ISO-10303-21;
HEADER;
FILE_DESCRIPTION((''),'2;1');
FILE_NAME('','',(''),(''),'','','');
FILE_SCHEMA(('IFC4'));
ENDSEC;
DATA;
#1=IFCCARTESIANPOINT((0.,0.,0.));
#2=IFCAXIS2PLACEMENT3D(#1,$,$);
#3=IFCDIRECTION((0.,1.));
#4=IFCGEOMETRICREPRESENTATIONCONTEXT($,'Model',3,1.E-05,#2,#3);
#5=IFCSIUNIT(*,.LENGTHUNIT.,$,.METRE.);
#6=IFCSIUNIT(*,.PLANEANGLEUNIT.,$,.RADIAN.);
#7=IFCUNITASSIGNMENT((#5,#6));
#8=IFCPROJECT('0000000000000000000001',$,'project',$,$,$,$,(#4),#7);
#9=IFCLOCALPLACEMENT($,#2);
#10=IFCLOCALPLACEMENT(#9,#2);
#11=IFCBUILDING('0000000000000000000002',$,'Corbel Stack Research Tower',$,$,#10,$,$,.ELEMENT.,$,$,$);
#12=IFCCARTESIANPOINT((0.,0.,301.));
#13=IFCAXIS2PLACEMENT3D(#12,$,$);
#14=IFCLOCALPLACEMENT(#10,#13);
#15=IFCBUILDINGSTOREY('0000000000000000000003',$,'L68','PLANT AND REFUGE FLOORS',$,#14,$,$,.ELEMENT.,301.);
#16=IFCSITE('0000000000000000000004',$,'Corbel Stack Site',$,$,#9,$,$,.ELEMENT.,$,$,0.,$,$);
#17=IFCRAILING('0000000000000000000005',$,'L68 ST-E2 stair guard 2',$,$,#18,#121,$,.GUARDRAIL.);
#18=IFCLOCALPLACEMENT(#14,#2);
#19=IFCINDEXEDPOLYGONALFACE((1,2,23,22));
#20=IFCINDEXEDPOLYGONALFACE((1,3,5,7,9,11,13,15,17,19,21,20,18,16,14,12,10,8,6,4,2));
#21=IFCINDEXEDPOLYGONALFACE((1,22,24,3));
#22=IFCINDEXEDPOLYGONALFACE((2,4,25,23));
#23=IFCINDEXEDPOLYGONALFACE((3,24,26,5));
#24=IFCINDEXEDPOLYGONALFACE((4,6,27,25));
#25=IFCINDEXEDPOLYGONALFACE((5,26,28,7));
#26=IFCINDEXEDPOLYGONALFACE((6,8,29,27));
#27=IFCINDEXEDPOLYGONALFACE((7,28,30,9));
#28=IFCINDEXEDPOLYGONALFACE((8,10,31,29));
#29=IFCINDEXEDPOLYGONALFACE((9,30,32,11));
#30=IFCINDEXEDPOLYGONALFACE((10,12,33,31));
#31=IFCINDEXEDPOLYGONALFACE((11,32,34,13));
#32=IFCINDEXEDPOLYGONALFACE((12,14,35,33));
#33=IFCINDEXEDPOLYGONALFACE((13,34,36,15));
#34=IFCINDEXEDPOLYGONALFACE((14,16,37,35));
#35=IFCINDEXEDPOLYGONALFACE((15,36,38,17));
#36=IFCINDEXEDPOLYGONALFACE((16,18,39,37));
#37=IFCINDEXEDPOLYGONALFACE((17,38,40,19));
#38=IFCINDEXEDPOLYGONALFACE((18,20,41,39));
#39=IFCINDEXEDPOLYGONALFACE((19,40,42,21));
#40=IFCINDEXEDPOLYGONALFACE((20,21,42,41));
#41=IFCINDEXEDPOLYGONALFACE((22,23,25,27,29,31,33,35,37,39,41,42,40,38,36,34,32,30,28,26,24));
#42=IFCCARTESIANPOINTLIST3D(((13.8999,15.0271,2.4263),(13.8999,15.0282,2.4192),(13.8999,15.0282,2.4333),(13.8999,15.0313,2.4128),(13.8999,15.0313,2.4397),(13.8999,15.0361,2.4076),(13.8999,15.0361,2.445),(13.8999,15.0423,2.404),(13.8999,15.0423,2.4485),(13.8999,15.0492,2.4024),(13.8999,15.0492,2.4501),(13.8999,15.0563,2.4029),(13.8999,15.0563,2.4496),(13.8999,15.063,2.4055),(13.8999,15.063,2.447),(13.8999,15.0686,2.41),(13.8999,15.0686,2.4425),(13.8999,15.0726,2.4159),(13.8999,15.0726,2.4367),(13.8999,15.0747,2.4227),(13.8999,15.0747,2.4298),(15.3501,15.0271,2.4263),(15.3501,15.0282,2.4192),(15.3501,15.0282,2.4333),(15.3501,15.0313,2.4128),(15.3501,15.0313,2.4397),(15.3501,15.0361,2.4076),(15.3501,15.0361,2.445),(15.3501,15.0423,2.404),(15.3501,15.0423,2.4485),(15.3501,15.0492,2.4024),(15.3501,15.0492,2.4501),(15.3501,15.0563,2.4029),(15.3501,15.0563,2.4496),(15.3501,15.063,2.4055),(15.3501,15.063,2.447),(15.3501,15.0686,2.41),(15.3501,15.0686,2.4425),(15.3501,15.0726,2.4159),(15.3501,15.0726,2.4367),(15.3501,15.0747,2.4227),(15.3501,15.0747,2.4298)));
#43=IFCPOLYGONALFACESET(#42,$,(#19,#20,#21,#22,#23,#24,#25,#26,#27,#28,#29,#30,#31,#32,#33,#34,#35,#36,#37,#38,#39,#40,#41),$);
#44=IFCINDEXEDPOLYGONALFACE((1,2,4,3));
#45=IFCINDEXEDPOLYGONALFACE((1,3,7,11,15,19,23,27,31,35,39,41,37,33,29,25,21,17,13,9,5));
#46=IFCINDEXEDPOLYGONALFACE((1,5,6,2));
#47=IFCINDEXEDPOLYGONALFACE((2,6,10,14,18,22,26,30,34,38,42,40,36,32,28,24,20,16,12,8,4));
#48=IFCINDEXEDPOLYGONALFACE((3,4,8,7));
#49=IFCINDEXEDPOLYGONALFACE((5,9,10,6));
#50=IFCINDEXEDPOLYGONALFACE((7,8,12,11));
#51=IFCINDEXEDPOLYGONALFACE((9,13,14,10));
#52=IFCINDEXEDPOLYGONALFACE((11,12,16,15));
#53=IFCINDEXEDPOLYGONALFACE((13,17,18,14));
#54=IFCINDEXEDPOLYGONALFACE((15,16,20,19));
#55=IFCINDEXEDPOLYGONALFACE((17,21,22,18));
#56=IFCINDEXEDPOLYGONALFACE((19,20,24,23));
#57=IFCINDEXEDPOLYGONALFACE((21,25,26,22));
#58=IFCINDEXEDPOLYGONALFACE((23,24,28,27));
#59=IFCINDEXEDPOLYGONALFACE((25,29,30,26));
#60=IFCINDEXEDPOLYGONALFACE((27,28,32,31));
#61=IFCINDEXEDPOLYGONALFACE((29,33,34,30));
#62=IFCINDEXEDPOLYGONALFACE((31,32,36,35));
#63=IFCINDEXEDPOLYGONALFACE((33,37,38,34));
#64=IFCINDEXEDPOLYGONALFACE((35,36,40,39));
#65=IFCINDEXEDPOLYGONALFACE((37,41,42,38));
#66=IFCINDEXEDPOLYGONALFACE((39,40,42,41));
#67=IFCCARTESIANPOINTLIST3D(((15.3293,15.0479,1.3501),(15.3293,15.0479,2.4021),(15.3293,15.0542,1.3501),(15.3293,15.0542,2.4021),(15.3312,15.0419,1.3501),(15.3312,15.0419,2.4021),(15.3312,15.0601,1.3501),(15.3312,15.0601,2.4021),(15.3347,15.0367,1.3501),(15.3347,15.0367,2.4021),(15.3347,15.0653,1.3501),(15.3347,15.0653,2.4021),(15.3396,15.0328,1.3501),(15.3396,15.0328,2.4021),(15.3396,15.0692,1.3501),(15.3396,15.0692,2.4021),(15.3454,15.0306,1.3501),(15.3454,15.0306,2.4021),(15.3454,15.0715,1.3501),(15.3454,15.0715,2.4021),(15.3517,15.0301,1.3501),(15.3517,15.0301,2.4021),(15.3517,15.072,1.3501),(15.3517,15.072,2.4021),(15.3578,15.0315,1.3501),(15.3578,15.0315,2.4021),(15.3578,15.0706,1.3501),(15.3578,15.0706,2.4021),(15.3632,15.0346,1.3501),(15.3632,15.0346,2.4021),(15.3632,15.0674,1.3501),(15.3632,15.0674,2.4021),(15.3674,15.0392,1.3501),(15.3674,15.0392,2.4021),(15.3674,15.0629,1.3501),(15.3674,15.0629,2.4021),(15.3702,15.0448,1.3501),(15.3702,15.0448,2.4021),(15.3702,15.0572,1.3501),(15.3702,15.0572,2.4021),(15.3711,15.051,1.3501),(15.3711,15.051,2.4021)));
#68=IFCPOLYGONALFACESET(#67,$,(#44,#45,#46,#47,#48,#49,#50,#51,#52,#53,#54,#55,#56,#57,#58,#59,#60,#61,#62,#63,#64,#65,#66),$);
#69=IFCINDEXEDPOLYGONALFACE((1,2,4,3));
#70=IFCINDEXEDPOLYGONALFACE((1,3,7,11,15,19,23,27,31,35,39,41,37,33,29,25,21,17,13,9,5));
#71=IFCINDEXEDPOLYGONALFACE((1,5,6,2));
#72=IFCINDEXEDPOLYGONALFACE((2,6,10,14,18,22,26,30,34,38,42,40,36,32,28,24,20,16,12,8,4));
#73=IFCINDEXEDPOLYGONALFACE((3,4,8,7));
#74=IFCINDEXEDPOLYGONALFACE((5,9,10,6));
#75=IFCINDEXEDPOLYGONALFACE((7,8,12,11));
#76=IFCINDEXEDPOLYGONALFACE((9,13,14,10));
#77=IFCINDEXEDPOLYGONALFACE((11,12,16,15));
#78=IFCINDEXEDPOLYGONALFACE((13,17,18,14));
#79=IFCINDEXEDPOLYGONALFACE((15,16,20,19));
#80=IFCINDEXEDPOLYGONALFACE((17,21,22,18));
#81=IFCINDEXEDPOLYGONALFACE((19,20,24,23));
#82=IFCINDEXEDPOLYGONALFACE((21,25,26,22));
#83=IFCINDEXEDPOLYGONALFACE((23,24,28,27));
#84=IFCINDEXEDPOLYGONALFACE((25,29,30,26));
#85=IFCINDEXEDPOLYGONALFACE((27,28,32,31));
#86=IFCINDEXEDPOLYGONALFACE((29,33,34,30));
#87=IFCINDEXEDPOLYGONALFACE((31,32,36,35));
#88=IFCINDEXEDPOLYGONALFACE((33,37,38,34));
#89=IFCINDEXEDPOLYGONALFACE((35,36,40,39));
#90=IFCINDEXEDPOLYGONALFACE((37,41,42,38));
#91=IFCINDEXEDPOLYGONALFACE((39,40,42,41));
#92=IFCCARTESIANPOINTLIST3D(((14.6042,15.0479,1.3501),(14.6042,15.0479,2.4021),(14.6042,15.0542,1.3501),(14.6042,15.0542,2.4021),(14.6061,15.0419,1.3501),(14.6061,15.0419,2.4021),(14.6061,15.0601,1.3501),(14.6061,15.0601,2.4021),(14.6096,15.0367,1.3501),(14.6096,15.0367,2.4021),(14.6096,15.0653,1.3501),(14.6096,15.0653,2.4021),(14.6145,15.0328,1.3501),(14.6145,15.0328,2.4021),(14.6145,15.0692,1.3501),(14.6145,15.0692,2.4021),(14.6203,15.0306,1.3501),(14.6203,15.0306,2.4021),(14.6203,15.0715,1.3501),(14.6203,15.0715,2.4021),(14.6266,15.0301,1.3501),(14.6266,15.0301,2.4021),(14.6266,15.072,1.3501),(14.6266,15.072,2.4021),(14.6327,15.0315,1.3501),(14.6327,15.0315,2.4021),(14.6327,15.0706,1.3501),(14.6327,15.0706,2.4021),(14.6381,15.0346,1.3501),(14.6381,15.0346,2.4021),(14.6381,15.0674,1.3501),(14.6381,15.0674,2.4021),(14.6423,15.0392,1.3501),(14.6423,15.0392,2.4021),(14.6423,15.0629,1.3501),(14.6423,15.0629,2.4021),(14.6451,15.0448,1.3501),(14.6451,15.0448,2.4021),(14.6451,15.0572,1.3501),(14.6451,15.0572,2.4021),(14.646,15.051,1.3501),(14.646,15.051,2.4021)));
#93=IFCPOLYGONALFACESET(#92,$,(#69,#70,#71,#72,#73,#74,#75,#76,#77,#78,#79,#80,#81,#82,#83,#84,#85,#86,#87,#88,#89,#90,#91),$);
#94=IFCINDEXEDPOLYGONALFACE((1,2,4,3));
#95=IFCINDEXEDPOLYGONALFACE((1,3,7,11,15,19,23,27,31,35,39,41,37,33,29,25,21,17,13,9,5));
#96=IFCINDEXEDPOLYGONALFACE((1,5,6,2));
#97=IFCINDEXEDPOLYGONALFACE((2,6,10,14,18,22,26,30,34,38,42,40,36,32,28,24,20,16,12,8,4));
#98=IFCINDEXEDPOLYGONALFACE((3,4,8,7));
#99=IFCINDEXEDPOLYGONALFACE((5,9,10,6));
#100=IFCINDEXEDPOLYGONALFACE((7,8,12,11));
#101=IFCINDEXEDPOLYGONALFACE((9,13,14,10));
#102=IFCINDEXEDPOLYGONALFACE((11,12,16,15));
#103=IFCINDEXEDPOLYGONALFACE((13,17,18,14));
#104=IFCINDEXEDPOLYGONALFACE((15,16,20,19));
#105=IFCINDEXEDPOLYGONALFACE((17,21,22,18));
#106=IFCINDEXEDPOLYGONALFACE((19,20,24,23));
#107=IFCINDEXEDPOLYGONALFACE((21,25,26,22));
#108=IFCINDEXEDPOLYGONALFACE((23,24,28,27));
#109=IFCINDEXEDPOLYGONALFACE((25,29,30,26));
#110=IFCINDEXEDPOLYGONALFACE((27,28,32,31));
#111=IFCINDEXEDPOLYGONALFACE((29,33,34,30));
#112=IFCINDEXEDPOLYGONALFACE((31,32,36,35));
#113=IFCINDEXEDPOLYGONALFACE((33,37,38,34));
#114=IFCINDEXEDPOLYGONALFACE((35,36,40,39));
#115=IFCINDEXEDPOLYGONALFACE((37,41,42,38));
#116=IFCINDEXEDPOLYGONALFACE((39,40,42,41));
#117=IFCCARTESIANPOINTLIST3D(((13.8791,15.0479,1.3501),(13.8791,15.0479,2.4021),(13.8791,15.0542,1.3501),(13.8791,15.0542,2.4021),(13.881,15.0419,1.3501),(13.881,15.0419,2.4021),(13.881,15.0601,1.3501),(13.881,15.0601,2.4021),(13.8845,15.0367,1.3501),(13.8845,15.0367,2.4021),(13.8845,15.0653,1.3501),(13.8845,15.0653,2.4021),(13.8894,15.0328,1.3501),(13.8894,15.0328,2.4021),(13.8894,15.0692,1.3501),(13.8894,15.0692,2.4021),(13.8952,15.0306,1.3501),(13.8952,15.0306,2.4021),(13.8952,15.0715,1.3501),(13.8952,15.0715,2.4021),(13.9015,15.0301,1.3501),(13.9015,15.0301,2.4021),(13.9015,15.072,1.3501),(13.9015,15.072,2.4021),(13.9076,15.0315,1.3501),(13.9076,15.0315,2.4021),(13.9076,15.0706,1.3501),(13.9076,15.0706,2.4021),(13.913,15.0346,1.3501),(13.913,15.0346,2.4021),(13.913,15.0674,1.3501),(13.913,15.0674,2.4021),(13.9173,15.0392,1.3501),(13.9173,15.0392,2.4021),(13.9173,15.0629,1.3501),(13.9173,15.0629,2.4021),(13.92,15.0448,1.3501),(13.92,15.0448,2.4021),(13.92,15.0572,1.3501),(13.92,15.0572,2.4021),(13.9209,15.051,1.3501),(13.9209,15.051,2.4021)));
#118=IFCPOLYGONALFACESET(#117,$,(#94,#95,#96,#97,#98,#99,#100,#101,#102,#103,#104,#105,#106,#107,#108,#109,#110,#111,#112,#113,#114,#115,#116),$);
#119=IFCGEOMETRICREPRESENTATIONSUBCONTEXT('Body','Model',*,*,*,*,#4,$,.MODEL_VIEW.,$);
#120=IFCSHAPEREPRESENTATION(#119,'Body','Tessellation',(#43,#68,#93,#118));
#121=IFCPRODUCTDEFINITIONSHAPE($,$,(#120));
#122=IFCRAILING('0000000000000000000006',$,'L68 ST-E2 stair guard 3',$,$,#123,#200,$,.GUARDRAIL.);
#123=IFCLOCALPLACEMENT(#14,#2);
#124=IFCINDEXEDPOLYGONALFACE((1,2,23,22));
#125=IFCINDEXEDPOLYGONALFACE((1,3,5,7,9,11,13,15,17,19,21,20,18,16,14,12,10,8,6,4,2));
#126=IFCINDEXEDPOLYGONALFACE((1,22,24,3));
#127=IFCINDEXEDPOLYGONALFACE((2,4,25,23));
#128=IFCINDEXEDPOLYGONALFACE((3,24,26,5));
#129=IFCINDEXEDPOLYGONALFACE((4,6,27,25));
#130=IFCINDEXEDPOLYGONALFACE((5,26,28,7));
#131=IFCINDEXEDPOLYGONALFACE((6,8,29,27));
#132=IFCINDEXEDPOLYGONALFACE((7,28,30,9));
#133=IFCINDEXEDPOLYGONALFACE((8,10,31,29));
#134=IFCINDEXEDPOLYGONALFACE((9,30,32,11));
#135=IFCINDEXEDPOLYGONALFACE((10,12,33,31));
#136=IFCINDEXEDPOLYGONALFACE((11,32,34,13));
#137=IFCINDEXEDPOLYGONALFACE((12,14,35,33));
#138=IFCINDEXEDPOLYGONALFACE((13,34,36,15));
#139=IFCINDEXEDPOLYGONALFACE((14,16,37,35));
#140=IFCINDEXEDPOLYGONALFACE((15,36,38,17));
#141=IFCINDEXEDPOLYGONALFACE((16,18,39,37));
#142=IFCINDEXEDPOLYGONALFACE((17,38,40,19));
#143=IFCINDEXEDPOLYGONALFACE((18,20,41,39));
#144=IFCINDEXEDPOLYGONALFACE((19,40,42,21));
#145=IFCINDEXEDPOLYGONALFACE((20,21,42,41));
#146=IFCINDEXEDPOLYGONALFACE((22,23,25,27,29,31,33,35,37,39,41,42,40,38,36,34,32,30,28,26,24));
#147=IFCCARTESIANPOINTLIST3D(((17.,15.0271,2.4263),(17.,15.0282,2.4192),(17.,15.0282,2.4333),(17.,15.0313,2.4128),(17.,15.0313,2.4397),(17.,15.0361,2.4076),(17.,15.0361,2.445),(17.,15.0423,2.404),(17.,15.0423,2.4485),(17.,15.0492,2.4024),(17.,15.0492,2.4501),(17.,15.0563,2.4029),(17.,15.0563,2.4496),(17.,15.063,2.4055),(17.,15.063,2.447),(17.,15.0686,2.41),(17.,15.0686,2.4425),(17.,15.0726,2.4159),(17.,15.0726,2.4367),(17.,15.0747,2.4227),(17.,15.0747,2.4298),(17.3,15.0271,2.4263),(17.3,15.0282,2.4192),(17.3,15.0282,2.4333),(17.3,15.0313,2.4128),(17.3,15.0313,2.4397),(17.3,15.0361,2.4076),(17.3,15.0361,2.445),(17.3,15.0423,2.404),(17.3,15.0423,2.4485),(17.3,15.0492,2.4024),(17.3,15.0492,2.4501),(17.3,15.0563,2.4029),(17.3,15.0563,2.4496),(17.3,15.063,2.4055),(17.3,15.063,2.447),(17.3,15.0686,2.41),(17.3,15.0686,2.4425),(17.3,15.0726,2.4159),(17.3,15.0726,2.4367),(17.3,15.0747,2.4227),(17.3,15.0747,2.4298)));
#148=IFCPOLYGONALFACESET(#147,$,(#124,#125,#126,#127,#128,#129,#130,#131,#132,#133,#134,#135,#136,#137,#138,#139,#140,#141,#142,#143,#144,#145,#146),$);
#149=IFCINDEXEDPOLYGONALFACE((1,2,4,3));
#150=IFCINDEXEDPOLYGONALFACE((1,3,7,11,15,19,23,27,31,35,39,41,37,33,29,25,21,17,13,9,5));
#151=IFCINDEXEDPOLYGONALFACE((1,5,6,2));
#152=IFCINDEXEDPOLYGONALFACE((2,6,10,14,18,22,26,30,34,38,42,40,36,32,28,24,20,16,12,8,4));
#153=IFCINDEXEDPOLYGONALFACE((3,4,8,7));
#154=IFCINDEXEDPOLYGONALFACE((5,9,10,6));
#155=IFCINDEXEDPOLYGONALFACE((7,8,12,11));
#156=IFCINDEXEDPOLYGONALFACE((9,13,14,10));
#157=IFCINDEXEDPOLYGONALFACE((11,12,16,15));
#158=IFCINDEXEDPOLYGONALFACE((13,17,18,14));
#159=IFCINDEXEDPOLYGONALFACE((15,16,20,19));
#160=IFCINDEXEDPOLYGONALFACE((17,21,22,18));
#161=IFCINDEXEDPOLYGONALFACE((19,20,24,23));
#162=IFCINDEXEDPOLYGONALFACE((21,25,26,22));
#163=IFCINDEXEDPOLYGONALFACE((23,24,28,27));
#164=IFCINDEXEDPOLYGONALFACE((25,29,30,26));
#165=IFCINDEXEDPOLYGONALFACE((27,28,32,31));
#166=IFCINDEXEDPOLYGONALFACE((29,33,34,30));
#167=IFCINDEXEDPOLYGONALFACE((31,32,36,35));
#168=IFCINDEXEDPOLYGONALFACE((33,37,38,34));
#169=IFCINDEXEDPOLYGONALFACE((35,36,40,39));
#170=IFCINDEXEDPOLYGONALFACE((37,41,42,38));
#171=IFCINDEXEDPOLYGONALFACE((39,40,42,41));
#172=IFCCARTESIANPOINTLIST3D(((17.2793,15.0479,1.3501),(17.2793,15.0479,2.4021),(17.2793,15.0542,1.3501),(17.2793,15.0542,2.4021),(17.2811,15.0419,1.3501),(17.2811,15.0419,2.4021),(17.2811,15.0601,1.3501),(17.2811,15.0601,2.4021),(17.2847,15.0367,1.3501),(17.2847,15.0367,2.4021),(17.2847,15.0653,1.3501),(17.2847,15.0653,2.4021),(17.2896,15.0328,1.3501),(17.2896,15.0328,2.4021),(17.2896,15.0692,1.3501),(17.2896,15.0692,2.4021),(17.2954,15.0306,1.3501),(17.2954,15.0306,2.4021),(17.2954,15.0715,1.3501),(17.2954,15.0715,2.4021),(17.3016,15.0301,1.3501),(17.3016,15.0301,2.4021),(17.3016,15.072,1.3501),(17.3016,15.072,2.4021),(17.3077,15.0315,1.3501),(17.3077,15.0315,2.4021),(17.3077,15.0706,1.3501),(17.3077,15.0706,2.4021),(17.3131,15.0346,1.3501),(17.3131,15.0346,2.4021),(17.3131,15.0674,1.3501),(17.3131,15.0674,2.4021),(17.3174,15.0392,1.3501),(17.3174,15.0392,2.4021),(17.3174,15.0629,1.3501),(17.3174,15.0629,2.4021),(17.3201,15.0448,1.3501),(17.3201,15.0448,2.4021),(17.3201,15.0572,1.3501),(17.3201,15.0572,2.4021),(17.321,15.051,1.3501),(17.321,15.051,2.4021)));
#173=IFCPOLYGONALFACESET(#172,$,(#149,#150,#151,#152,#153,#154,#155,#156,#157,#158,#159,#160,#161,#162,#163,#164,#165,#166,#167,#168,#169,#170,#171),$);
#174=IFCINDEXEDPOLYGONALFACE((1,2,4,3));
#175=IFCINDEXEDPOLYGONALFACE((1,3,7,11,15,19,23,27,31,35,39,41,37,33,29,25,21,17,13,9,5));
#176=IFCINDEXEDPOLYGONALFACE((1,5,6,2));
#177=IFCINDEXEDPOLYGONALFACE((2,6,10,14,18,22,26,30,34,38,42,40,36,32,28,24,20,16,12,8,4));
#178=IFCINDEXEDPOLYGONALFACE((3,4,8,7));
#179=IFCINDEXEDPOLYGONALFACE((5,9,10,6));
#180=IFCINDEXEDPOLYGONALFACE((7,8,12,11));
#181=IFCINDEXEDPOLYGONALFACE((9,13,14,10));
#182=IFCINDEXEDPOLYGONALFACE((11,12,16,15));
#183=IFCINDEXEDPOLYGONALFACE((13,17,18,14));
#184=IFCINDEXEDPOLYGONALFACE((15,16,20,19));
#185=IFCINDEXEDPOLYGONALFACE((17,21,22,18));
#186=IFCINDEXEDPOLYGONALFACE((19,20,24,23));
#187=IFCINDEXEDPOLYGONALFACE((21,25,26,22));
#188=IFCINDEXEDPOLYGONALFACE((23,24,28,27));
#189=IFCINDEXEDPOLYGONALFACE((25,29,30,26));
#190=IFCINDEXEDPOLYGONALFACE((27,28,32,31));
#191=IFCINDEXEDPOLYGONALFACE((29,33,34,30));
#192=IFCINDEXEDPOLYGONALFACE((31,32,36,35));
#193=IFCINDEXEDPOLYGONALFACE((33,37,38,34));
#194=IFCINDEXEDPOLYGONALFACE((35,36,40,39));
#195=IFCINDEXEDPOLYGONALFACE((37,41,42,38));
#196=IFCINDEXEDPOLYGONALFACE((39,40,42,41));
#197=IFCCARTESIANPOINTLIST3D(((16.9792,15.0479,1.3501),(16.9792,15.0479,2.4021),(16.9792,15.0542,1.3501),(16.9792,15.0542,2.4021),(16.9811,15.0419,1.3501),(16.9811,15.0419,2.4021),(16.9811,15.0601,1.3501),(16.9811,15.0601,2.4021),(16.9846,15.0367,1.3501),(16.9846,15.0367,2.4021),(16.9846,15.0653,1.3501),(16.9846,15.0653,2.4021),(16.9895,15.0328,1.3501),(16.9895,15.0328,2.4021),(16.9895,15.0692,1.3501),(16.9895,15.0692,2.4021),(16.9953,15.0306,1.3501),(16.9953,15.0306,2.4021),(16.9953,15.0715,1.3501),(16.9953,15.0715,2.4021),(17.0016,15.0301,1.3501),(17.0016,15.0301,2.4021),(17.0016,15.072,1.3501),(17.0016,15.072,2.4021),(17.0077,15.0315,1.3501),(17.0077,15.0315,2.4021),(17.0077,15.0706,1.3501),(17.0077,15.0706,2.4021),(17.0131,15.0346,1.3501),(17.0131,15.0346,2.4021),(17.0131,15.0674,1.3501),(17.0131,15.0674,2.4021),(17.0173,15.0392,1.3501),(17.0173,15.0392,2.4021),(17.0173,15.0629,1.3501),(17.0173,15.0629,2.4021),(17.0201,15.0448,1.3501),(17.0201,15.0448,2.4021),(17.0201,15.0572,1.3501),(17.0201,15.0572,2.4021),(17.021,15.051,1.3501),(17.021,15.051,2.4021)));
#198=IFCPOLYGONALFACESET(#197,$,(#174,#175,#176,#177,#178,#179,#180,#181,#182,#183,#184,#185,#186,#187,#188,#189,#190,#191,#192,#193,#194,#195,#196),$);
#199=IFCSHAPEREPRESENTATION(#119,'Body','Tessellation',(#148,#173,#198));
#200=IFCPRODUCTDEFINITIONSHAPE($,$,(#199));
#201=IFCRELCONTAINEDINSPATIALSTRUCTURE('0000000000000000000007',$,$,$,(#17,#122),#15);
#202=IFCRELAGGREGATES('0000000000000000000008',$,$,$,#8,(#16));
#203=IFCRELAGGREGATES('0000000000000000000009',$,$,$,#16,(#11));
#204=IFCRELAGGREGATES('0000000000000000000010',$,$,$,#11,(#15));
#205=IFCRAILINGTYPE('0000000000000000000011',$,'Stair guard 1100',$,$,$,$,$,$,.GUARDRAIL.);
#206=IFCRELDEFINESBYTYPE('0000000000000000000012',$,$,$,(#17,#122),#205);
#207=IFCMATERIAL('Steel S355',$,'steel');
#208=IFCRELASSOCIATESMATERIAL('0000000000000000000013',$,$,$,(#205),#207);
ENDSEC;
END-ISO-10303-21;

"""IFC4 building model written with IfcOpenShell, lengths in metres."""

from ifc_helpers import new_model, si_unit, direction, frame, origin, origin_2d, place, context, subcontext, project, spatial, circle, extrude, material, type_object, element, save


model = new_model("IFC4")

# Units and contexts
model_context = context("Model", 3, precision=1e-05, world=origin(), true_north=direction((0.0, 1.0)))
body_context = subcontext(model_context, "Body", "Model", "MODEL_VIEW")
ifc_project = project(units=[si_unit("LENGTHUNIT", "METRE"), si_unit("PLANEANGLEUNIT", "RADIAN")], contexts=[model_context])

# Site, building, storey
site_placement = place(None, origin())
site = spatial("IfcSite", under=ifc_project, at=site_placement, Name="Corbel Stack Site", CompositionType="ELEMENT", RefElevation=0.0)
building_placement = place(site_placement, origin())
building = spatial("IfcBuilding", under=site, at=building_placement, Name="Corbel Stack Research Tower", CompositionType="ELEMENT")
storey_placement = place(building_placement, frame((0.0, 0.0, 301.0)))
storey = spatial("IfcBuildingStorey", under=building, at=storey_placement, Name="L68", Description="PLANT AND REFUGE FLOORS", CompositionType="ELEMENT", Elevation=301.0)

# Railings
ifc_material_1 = material(Name="Steel S355", Category="steel")
railing_type = type_object("IfcRailingType", Name="Stair guard 1100", PredefinedType="GUARDRAIL", material=ifc_material_1)
railing_1_placement = place(storey_placement, frame((15.3501, 15.051, 1.3501)))
element("IfcRailing", 1, at=railing_1_placement, inside=storey, type_object=railing_type, Name="L68 ST-E2 stair guard 2", PredefinedType="GUARDRAIL", context=body_context, shape_type="SweptSolid", body=[
    extrude(circle(Radius=0.0239, at=origin_2d()), frame((0.0, 0.0, 1.0762), z_axis=(-1.0, 0.0, 0.0), x_axis=(0.0, -1.0, 0.0)), (0.0, 0.0, 1.0), 1.4502),
    extrude(circle(Radius=0.021, at=origin_2d()), origin(), (0.0, 0.0, 1.0), 1.052),
    extrude(circle(Radius=0.021, at=origin_2d()), frame((-0.7251, 0.0, 0.0)), (0.0, 0.0, 1.0), 1.052),
    extrude(circle(Radius=0.021, at=origin_2d()), frame((-1.4502, 0.0, 0.0)), (0.0, 0.0, 1.0), 1.052),
])
railing_2_placement = place(storey_placement, frame((17.3, 15.051, 1.3501)))
element("IfcRailing", 2, at=railing_2_placement, inside=storey, type_object=railing_type, Name="L68 ST-E2 stair guard 3", PredefinedType="GUARDRAIL", context=body_context, shape_type="SweptSolid", body=[
    extrude(circle(Radius=0.0239, at=origin_2d()), frame((0.0, 0.0, 1.0762), z_axis=(-1.0, 0.0, 0.0), x_axis=(0.0, -1.0, 0.0)), (0.0, 0.0, 1.0), 0.3),
    extrude(circle(Radius=0.021, at=origin_2d()), origin(), (0.0, 0.0, 1.0), 1.052),
    extrude(circle(Radius=0.021, at=origin_2d()), frame((-0.3, 0.0, 0.0)), (0.0, 0.0, 1.0), 1.052),
])

save(model, "model.ifc")
